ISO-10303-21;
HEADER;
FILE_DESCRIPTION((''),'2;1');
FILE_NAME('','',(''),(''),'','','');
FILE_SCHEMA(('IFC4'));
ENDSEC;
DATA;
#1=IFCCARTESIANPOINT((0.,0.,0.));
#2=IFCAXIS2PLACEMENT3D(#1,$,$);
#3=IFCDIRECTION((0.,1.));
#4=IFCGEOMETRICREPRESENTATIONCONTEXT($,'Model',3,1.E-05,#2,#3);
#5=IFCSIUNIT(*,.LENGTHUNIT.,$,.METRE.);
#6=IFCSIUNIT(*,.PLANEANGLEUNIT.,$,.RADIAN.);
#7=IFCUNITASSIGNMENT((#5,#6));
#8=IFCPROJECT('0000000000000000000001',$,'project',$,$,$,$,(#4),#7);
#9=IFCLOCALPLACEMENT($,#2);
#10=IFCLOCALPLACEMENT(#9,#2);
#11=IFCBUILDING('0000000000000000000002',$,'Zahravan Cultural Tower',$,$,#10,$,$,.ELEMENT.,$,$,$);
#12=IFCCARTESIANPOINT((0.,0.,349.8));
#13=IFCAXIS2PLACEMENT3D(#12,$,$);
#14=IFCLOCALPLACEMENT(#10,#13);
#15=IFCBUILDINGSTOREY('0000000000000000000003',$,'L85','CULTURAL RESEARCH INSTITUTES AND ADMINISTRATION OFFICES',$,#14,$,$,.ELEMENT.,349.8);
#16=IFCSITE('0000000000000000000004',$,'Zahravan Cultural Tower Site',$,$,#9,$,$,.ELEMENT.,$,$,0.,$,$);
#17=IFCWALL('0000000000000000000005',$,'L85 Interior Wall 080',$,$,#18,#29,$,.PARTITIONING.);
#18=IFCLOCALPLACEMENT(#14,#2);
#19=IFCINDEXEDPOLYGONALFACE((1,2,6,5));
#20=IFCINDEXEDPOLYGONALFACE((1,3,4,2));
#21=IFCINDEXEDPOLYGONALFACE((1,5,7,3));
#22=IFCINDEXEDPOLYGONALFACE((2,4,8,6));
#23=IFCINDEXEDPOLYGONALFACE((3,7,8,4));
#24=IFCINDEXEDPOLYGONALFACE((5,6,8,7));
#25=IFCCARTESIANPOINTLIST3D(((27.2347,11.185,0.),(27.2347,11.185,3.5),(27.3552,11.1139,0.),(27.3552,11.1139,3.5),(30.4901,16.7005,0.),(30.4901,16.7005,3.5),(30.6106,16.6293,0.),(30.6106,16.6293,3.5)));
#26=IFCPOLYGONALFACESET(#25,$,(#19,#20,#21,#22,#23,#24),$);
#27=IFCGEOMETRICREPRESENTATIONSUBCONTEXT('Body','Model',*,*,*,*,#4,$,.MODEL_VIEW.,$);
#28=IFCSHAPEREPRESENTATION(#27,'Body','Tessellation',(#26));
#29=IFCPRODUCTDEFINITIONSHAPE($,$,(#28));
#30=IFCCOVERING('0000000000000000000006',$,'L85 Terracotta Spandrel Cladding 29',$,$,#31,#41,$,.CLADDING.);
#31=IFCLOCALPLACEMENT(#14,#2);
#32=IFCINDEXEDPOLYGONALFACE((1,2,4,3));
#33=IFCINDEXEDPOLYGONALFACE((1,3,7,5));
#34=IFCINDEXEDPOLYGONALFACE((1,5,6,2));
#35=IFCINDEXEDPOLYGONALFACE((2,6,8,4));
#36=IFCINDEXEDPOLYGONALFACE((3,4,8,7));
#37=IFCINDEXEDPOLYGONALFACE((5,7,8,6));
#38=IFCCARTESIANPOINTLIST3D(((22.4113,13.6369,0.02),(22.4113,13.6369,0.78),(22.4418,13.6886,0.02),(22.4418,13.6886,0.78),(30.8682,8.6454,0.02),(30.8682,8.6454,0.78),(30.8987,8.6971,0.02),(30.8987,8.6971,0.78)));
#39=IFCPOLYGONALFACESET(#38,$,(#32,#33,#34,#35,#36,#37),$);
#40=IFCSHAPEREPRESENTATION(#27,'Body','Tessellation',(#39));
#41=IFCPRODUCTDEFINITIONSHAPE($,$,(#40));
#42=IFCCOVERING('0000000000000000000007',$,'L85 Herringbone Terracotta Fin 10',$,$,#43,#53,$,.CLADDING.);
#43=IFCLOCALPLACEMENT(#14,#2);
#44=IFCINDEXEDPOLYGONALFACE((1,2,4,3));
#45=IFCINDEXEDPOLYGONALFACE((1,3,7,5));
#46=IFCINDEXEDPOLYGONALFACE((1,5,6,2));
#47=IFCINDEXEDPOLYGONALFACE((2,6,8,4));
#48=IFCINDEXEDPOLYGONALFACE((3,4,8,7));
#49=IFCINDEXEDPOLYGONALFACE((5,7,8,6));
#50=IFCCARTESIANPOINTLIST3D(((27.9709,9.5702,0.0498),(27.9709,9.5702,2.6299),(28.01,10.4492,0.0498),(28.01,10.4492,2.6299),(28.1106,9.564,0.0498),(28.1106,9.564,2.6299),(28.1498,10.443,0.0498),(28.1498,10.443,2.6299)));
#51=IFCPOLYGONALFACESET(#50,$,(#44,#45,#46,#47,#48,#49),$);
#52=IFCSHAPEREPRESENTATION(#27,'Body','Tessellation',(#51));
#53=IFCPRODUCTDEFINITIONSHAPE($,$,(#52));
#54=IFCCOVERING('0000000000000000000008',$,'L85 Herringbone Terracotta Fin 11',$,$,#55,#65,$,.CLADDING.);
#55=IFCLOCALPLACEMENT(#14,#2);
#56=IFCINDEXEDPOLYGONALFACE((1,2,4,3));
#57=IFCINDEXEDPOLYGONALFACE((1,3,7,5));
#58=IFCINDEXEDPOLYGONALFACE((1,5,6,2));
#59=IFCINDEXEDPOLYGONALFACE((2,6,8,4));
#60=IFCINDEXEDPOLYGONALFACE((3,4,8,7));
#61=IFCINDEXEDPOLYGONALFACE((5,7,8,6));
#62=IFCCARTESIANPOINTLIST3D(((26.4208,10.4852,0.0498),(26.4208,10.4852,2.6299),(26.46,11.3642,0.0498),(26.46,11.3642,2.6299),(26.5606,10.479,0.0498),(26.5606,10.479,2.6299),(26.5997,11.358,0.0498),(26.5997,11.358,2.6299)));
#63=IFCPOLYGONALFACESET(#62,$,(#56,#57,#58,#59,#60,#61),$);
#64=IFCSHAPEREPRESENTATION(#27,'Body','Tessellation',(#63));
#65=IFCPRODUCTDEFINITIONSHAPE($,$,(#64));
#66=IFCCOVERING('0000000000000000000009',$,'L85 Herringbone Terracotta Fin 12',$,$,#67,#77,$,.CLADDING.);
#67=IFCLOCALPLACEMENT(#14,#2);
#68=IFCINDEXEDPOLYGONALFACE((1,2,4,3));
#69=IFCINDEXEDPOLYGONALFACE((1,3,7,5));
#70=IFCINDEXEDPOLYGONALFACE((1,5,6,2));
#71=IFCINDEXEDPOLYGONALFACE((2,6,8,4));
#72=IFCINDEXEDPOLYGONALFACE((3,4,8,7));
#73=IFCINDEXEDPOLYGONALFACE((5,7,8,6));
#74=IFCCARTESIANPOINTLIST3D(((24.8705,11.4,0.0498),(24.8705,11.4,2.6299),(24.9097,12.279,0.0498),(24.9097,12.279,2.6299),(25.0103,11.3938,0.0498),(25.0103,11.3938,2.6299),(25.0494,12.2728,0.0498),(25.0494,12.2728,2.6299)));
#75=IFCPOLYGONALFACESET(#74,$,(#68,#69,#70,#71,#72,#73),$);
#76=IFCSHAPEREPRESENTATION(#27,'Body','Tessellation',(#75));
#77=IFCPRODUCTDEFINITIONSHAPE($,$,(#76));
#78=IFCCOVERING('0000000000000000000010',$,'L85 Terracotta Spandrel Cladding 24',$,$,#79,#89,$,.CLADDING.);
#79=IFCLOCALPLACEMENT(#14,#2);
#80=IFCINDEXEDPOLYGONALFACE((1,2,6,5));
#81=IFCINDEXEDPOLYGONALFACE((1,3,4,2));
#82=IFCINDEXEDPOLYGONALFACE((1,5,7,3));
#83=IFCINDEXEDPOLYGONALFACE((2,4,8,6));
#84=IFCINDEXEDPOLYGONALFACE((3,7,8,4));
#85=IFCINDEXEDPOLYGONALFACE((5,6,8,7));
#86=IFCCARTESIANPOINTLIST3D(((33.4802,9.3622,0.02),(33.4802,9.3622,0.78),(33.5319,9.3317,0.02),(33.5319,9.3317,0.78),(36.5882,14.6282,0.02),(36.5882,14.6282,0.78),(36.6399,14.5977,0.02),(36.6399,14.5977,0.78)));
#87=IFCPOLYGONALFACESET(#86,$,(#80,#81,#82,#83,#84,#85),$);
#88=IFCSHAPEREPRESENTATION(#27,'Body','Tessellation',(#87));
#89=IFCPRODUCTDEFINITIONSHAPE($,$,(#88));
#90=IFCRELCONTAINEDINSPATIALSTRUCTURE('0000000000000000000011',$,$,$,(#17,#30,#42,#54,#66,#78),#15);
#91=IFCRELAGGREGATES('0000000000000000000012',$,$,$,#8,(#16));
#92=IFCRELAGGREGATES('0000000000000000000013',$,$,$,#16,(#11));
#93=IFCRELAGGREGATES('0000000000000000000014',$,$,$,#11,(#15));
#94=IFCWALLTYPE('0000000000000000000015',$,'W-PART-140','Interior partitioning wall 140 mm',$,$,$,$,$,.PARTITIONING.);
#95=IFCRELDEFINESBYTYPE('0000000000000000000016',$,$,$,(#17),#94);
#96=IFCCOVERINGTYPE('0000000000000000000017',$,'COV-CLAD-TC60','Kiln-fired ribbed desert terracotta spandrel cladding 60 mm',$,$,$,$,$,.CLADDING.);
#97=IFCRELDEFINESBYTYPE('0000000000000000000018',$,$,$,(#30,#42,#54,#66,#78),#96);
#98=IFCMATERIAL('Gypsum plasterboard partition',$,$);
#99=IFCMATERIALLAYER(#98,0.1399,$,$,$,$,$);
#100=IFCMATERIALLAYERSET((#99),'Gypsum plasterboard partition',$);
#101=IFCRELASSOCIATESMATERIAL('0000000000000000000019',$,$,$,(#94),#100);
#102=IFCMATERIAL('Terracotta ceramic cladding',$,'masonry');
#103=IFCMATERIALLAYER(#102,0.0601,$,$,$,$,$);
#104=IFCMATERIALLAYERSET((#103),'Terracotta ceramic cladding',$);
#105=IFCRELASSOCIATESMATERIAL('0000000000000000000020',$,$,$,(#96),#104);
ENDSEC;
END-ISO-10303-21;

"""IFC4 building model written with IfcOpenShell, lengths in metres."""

from ifc_helpers import new_model, si_unit, direction, frame, frame_2d, origin, origin_2d, place, context, subcontext, project, spatial, rectangle, extrude, source, transform, mapped, material, layer, layer_set, type_object, element, save


model = new_model("IFC4")

# Units and contexts
model_context = context("Model", 3, precision=1e-05, world=origin(), true_north=direction((0.0, 1.0)))
body_context = subcontext(model_context, "Body", "Model", "MODEL_VIEW")
ifc_project = project(units=[si_unit("LENGTHUNIT", "METRE"), si_unit("PLANEANGLEUNIT", "RADIAN")], contexts=[model_context])

# Site, building, storey
site_placement = place(None, origin())
site = spatial("IfcSite", under=ifc_project, at=site_placement, Name="Zahravan Cultural Tower Site", CompositionType="ELEMENT", RefElevation=0.0)
building_placement = place(site_placement, origin())
building = spatial("IfcBuilding", under=site, at=building_placement, Name="Zahravan Cultural Tower", CompositionType="ELEMENT")
storey_placement = place(building_placement, frame((0.0, 0.0, 349.8)))
storey = spatial("IfcBuildingStorey", under=building, at=storey_placement, Name="L85", Description="CULTURAL RESEARCH INSTITUTES AND ADMINISTRATION OFFICES", CompositionType="ELEMENT", Elevation=349.8)

# Shared definitions
ifc_material_1 = material(Name="Gypsum plasterboard partition")
ifc_layer_1 = layer(ifc_material_1, 0.1399)
ifc_layer_set_1 = layer_set([ifc_layer_1], Name="Gypsum plasterboard partition")
wall_type_1 = type_object("IfcWallType", Name="W-PART-140", Description="Interior partitioning wall 140 mm", PredefinedType="PARTITIONING", material=ifc_layer_set_1)

# Wall
shared_shape_1 = source(origin(), body_context, "Body", "SweptSolid", [
    extrude(rectangle(XDim=6.4045, YDim=0.1399, at=frame_2d((3.2021, 0.0))), origin(), (0.0, 0.0, 1.0), 3.5),
])
wall_1_placement = place(storey_placement, frame((30.5503, 16.6648, 0.0), z_axis=(0.0, 0.0, 1.0), x_axis=(-0.508299, -0.861181, 0.0)))
element("IfcWall", 1, at=wall_1_placement, inside=storey, type_object=wall_type_1, Name="L85 Interior Wall 080", PredefinedType="PARTITIONING", context=body_context, shape_type="MappedRepresentation", body=[
    mapped(shared_shape_1, transform((0.0, 0.0, 0.0), x_axis=(1.0, 0.0, 0.0), y_axis=(0.0, 1.0, 0.0), z_axis=(0.0, 0.0, 1.0), scale=1.0)),
])

# Coverings
ifc_material_2 = material(Name="Terracotta ceramic cladding", Category="masonry")
ifc_layer_2 = layer(ifc_material_2, 0.0601)
ifc_layer_set_2 = layer_set([ifc_layer_2], Name="Terracotta ceramic cladding")
covering_type = type_object("IfcCoveringType", Name="COV-CLAD-TC60", Description="Kiln-fired ribbed desert terracotta spandrel cladding 60 mm", PredefinedType="CLADDING", material=ifc_layer_set_2)
shared_shape_2 = source(origin(), body_context, "Body", "SweptSolid", [
    extrude(rectangle(XDim=9.8201, YDim=0.0601, at=origin_2d()), origin(), (0.0, 0.0, 1.0), 0.76),
])
covering_1_placement = place(storey_placement, frame((26.655, 11.167, 0.02), z_axis=(0.0, 0.0, 1.0), x_axis=(-0.861186, 0.50829, 0.0)))
element("IfcCovering", 2, at=covering_1_placement, inside=storey, type_object=covering_type, Name="L85 Terracotta Spandrel Cladding 29", PredefinedType="CLADDING", context=body_context, shape_type="MappedRepresentation", body=[
    mapped(shared_shape_2, transform((0.0, 0.0, 0.0), x_axis=(1.0, 0.0, 0.0), y_axis=(0.0, 1.0, 0.0), z_axis=(0.0, 0.0, 1.0), scale=1.0)),
])
shared_shape_3 = source(origin(), body_context, "Body", "SweptSolid", [
    extrude(rectangle(XDim=0.8799, YDim=0.1399, at=origin_2d()), origin(), (0.0, 0.0, 1.0), 2.5801),
])
for number, where, z_axis, x_axis, name in (
    (3, (28.0603, 10.0066, 0.0498), (0.0, 0.0, 1.0), (-0.044491, -0.99901, 0.0), "L85 Herringbone Terracotta Fin 10"),
    (4, (26.5103, 10.9216, 0.0498), (0.0, 0.0, 1.0), (-0.044491, -0.99901, 0.0), "L85 Herringbone Terracotta Fin 11"),
    (5, (24.96, 11.8364, 0.0498), (0.0, 0.0, 1.0), (-0.044491, -0.99901, 0.0), "L85 Herringbone Terracotta Fin 12"),
):
    element("IfcCovering", number, at=place(storey_placement, frame(where, z_axis=z_axis, x_axis=x_axis)), inside=storey, type_object=covering_type, Name=name, PredefinedType="CLADDING", context=body_context, shape_type="MappedRepresentation", body=[
        mapped(shared_shape_3, transform((0.0, 0.0, 0.0), x_axis=(1.0, 0.0, 0.0), y_axis=(0.0, 1.0, 0.0), z_axis=(0.0, 0.0, 1.0), scale=1.0)),
    ])
shared_shape_4 = source(origin(), body_context, "Body", "SweptSolid", [
    extrude(rectangle(XDim=6.1147, YDim=0.0601, at=origin_2d()), origin(), (0.0, 0.0, 1.0), 0.76),
])
covering_2_placement = place(storey_placement, frame((35.0601, 11.98, 0.02), z_axis=(0.0, 0.0, 1.0), x_axis=(-0.508275, -0.861195, 0.0)))
element("IfcCovering", 6, at=covering_2_placement, inside=storey, type_object=covering_type, Name="L85 Terracotta Spandrel Cladding 24", PredefinedType="CLADDING", context=body_context, shape_type="MappedRepresentation", body=[
    mapped(shared_shape_4, transform((0.0, 0.0, 0.0), x_axis=(1.0, 0.0, 0.0), y_axis=(0.0, 1.0, 0.0), z_axis=(0.0, 0.0, 1.0), scale=1.0)),
])

save(model, "model.ifc")
